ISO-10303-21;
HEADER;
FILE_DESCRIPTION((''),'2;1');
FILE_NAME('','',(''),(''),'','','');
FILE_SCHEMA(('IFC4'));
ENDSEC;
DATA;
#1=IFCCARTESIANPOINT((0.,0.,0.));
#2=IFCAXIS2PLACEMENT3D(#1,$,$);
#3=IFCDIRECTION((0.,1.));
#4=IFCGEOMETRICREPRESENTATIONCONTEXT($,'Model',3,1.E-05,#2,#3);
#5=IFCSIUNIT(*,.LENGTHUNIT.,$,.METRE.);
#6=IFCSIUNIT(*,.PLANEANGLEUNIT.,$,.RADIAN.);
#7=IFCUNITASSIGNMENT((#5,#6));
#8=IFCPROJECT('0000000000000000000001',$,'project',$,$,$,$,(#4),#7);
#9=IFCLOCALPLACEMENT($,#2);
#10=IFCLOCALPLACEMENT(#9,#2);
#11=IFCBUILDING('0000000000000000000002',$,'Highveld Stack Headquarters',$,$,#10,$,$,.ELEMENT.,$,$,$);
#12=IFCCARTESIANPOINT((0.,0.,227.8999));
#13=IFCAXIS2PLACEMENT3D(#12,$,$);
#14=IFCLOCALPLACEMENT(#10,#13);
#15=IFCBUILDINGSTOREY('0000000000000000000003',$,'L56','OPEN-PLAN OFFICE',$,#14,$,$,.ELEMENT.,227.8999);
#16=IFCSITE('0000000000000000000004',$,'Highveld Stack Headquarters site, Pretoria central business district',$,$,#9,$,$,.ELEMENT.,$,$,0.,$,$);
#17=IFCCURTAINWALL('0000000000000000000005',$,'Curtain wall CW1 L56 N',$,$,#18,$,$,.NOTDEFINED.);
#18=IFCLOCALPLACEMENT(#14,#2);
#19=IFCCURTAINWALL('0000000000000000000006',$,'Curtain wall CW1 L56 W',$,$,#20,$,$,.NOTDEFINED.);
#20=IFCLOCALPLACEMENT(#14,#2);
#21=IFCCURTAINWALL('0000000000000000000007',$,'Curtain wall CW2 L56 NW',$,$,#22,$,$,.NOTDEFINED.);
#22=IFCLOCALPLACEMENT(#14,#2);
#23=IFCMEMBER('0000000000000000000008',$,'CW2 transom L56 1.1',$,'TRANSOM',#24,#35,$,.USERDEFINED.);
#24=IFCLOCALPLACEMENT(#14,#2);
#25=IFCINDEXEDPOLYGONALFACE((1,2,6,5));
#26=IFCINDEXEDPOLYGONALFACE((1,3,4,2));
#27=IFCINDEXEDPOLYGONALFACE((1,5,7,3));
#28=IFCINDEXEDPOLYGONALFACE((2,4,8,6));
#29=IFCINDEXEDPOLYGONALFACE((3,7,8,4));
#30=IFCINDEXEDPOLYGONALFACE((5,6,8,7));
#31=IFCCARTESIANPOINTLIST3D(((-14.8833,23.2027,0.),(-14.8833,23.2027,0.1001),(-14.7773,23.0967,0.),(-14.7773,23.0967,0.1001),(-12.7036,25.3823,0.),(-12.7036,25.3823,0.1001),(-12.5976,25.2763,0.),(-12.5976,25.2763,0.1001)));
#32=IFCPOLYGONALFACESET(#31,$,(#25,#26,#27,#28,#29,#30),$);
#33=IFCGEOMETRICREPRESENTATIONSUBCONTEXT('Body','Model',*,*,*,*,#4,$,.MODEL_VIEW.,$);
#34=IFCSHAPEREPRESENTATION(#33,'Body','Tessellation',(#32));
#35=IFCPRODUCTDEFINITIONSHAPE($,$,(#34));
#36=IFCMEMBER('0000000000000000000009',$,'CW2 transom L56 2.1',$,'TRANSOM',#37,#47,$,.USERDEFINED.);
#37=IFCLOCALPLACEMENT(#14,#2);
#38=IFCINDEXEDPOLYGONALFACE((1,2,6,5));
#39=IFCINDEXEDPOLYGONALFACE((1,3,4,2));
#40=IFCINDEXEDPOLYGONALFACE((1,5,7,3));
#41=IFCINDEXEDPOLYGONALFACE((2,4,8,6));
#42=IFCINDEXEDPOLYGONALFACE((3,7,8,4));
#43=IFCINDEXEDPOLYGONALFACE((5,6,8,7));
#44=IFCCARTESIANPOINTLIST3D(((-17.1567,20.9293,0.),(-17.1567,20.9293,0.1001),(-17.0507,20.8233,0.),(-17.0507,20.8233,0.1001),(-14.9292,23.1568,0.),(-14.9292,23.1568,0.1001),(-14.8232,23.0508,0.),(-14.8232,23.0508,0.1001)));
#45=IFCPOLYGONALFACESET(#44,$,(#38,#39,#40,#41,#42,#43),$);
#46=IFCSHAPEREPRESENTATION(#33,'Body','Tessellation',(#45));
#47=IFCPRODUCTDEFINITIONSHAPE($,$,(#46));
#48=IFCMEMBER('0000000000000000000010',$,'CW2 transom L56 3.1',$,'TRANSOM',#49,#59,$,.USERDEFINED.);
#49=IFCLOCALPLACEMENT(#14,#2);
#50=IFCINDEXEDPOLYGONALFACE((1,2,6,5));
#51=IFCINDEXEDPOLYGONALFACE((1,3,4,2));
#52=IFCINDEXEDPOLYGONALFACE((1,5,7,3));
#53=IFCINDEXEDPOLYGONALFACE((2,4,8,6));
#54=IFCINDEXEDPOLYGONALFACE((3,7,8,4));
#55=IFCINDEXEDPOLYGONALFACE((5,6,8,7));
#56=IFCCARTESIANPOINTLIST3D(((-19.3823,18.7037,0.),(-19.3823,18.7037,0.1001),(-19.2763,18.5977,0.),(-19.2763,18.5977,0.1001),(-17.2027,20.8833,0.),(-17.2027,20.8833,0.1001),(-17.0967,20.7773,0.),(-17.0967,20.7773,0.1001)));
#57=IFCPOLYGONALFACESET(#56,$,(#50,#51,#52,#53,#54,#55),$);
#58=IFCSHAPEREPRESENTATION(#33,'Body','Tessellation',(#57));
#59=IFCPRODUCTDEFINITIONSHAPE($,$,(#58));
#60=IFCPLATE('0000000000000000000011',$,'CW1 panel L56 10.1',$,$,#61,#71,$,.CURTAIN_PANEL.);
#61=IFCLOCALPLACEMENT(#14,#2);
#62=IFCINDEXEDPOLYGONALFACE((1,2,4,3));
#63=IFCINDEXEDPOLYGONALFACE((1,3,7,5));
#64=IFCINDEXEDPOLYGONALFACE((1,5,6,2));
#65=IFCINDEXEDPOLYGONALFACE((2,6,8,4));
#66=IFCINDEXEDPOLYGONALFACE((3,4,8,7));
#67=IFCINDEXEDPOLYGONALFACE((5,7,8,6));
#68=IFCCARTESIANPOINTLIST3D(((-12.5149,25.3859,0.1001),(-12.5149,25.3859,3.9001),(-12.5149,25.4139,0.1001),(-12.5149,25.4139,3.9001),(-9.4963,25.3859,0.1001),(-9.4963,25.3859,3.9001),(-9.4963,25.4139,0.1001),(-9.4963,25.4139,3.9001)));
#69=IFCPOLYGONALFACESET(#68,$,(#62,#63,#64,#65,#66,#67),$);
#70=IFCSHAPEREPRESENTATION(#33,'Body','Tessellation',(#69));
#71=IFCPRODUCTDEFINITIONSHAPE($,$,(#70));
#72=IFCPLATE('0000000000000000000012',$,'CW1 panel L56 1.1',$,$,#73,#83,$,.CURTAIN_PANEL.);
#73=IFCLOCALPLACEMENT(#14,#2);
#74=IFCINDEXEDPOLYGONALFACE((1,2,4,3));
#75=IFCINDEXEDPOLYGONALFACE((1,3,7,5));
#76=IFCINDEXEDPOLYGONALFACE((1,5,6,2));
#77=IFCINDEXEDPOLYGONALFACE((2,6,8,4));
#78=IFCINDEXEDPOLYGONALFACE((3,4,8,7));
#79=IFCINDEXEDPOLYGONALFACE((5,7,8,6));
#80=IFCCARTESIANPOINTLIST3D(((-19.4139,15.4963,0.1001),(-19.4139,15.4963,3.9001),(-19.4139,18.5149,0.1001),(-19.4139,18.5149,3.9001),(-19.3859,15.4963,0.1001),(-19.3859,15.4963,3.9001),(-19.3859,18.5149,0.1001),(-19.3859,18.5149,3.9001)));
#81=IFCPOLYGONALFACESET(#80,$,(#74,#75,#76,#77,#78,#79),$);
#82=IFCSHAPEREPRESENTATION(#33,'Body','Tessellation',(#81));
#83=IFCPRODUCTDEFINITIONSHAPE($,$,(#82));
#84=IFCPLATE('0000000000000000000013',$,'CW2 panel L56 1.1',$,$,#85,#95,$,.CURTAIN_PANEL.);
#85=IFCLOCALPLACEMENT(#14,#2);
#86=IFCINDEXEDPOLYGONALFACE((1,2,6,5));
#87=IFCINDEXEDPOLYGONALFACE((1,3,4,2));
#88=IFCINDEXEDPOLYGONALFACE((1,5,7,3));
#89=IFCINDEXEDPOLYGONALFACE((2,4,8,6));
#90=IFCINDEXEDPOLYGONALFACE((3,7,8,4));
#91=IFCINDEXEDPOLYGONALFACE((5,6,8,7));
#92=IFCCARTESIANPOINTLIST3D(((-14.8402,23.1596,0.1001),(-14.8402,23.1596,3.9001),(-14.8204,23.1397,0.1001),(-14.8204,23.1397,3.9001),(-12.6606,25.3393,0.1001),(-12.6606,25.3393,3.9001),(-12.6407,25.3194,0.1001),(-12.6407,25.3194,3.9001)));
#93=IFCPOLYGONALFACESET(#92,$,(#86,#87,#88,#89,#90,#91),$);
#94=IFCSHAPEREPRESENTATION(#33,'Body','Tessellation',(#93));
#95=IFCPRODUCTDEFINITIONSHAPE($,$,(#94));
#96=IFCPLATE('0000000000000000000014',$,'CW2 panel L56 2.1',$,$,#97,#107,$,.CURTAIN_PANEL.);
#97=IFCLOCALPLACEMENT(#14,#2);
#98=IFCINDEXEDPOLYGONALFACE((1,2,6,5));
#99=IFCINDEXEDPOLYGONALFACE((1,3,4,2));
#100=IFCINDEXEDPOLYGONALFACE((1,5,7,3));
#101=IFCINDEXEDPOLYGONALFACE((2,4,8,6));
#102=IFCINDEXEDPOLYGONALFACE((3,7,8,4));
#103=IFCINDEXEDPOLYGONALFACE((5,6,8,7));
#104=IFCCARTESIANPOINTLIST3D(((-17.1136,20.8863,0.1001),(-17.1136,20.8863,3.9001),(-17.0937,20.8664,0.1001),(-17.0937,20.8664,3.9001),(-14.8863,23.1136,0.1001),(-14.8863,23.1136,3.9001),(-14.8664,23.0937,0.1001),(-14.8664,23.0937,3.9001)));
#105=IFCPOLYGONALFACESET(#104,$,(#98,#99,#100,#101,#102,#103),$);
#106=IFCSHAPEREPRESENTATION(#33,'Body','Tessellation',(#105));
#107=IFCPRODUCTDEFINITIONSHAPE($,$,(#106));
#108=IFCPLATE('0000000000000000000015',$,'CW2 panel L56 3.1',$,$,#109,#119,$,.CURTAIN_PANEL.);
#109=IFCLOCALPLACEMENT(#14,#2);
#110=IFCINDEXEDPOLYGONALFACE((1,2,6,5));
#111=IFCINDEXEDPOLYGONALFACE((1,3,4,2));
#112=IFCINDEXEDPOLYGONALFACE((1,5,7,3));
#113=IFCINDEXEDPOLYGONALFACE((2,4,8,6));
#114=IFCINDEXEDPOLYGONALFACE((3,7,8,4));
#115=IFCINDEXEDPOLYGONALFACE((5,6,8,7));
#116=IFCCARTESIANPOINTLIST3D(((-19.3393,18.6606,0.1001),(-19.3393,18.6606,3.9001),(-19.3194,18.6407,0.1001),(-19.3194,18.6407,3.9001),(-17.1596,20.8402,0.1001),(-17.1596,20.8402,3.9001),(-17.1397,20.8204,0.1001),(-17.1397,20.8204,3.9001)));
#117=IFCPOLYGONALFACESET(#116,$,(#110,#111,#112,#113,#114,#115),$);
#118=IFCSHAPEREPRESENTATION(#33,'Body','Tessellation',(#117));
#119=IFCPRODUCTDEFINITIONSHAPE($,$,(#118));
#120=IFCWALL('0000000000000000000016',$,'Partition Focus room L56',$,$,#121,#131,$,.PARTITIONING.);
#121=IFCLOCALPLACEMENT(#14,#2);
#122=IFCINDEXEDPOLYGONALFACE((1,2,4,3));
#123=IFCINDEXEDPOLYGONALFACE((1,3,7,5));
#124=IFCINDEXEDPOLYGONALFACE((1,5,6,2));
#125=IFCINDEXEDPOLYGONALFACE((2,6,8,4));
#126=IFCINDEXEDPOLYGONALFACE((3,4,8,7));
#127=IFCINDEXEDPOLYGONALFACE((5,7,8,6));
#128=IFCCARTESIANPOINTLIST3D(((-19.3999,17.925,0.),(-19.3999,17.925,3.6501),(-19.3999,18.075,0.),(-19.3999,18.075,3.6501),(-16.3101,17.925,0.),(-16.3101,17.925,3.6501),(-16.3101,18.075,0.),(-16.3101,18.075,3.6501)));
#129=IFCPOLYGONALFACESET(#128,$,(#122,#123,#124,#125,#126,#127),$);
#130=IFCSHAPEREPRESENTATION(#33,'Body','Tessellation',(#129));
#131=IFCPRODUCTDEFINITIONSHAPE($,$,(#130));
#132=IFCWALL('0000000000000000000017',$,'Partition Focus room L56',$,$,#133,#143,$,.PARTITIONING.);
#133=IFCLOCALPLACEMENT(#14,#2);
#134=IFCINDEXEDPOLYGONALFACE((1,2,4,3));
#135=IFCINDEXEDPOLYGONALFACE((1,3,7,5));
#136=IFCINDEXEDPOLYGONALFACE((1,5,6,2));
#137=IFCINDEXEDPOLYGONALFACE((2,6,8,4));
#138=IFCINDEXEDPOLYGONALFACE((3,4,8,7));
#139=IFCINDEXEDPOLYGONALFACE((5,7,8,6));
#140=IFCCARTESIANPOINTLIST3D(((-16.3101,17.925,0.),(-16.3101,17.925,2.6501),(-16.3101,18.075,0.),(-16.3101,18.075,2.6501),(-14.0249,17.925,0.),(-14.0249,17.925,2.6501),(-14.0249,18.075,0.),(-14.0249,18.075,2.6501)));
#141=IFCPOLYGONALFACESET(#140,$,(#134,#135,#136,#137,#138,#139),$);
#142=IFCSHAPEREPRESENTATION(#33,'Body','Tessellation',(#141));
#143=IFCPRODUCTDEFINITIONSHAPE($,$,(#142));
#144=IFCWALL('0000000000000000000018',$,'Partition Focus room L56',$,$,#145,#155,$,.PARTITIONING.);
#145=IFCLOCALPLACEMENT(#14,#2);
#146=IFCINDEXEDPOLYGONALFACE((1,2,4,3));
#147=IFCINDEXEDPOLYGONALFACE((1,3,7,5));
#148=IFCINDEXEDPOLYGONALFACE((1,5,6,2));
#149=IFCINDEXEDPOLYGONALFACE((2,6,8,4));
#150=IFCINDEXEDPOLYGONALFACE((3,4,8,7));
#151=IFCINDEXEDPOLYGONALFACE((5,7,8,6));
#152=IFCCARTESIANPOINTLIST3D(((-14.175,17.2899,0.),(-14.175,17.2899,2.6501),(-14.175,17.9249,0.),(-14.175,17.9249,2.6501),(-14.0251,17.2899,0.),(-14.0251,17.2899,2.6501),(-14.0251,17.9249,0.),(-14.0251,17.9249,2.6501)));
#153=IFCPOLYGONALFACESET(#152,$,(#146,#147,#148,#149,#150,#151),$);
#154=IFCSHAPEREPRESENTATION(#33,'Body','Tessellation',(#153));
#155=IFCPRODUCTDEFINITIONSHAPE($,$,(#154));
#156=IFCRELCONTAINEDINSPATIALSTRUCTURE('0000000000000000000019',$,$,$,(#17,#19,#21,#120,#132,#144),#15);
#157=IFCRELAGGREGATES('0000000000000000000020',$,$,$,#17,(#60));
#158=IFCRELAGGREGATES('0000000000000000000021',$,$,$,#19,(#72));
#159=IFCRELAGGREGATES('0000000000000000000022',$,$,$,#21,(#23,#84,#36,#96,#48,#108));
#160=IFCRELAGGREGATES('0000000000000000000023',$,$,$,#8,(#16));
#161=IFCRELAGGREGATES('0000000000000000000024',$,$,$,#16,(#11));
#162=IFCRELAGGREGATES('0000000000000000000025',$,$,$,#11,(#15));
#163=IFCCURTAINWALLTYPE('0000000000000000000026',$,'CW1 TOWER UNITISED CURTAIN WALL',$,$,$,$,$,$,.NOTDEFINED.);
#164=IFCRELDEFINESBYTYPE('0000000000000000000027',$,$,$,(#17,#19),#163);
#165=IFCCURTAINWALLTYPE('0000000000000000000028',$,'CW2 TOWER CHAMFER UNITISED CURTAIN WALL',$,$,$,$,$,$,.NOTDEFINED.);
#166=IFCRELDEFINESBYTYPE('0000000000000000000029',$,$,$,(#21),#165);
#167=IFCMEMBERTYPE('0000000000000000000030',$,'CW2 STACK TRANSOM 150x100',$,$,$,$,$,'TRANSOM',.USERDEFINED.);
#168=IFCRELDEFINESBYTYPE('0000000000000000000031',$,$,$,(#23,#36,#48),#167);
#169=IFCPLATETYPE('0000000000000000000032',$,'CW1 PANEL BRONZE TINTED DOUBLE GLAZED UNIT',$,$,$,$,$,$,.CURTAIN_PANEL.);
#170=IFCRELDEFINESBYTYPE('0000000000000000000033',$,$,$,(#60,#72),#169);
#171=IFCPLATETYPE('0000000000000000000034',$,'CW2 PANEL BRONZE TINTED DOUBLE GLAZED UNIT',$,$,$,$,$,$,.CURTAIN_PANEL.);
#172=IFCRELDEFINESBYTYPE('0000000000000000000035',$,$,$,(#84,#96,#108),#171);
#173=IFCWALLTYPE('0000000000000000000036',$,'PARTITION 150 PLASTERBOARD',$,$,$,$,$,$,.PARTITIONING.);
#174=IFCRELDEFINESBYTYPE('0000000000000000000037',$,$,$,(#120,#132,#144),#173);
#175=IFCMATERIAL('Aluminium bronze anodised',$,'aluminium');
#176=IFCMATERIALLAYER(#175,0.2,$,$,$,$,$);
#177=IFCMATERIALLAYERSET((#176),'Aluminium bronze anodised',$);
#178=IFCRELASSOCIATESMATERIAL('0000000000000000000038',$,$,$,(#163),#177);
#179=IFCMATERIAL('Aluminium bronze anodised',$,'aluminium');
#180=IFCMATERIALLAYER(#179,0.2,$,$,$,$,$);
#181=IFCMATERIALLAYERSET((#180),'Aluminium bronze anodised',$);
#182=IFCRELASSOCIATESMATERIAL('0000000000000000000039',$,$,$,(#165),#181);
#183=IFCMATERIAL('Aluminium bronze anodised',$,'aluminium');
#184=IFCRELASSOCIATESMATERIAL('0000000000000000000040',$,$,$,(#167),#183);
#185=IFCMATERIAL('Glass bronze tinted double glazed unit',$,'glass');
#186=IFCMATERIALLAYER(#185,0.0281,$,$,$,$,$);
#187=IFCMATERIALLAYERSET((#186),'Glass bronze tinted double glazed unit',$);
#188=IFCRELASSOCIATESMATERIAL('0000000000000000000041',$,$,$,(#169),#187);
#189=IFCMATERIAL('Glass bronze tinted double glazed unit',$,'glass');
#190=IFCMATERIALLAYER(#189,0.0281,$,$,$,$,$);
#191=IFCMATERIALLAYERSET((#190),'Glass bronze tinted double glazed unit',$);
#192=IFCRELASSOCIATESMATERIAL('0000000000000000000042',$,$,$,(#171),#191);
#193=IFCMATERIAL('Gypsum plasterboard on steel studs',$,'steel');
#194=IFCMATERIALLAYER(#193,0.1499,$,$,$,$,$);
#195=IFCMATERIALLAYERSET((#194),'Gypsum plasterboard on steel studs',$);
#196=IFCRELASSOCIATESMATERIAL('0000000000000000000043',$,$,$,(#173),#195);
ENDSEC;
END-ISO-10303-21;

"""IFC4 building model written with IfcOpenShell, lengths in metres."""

from ifc_helpers import new_model, si_unit, direction, frame, frame_2d, origin, origin_2d, place, context, subcontext, project, spatial, rectangle, extrude, material, layer, layer_set, material_profile, profile_set, type_object, element, aggregate, save


model = new_model("IFC4")

# Units and contexts
model_context = context("Model", 3, precision=1e-05, world=origin(), true_north=direction((0.0, 1.0)))
body_context = subcontext(model_context, "Body", "Model", "MODEL_VIEW")
ifc_project = project(units=[si_unit("LENGTHUNIT", "METRE"), si_unit("PLANEANGLEUNIT", "RADIAN")], contexts=[model_context])

# Site, building, storey
site_placement = place(None, origin())
site = spatial("IfcSite", under=ifc_project, at=site_placement, Name="Highveld Stack Headquarters site, Pretoria central business district", CompositionType="ELEMENT", RefElevation=0.0)
building_placement = place(site_placement, origin())
building = spatial("IfcBuilding", under=site, at=building_placement, Name="Highveld Stack Headquarters", CompositionType="ELEMENT")
storey_placement = place(building_placement, frame((0.0, 0.0, 227.8999)))
storey = spatial("IfcBuildingStorey", under=building, at=storey_placement, Name="L56", Description="OPEN-PLAN OFFICE", CompositionType="ELEMENT", Elevation=227.8999)

# Curtain walls
ifc_material_1 = material(Name="Aluminium bronze anodised", Category="aluminium")
ifc_layer_1 = layer(ifc_material_1, 0.2)
ifc_layer_set_1 = layer_set([ifc_layer_1], Name="Aluminium bronze anodised")
curtain_wall_type_1 = type_object("IfcCurtainWallType", Name="CW1 TOWER UNITISED CURTAIN WALL", PredefinedType="NOTDEFINED", material=ifc_layer_set_1)
curtain_wall_1_placement = place(storey_placement, origin())
curtain_wall_1 = element("IfcCurtainWall", 1, at=curtain_wall_1_placement, inside=storey, type_object=curtain_wall_type_1, Name="Curtain wall CW1 L56 N", PredefinedType="NOTDEFINED")
curtain_wall_2_placement = place(storey_placement, origin())
curtain_wall_2 = element("IfcCurtainWall", 2, at=curtain_wall_2_placement, inside=storey, type_object=curtain_wall_type_1, Name="Curtain wall CW1 L56 W", PredefinedType="NOTDEFINED")

# Curtain wall, members
ifc_material_2 = material(Name="Aluminium bronze anodised", Category="aluminium")
ifc_layer_2 = layer(ifc_material_2, 0.2)
ifc_layer_set_2 = layer_set([ifc_layer_2], Name="Aluminium bronze anodised")
curtain_wall_type_2 = type_object("IfcCurtainWallType", Name="CW2 TOWER CHAMFER UNITISED CURTAIN WALL", PredefinedType="NOTDEFINED", material=ifc_layer_set_2)
curtain_wall_3_placement = place(storey_placement, origin())
curtain_wall_3 = element("IfcCurtainWall", 3, at=curtain_wall_3_placement, inside=storey, type_object=curtain_wall_type_2, Name="Curtain wall CW2 L56 NW", PredefinedType="NOTDEFINED")
ifc_material_3 = material(Name="Aluminium bronze anodised", Category="aluminium")
ifc_material_profile_1 = material_profile(ifc_material_3, rectangle(XDim=0.1499, YDim=0.1001, at=origin_2d()), Name="CW2 TRANSOM 150x100")
ifc_profile_set_1 = profile_set([ifc_material_profile_1], Name="Aluminium bronze anodised")
member_type_1 = type_object("IfcMemberType", Name="CW2 STACK TRANSOM 150x100", ElementType="TRANSOM", PredefinedType="USERDEFINED", material=ifc_profile_set_1)
member_1_placement = place(storey_placement, frame((-12.6506, 25.3293, 0.05), z_axis=(-0.707107, -0.707107, 0.0), x_axis=(0.707107, -0.707107, 0.0)))
member_1 = element("IfcMember", 4, at=member_1_placement, type_object=member_type_1, Name="CW2 transom L56 1.1", ObjectType="TRANSOM", PredefinedType="USERDEFINED", context=body_context, shape_type="SweptSolid", body=[
    extrude(rectangle(XDim=0.1499, YDim=0.1001, at=origin_2d()), origin(), (0.0, 0.0, 1.0), 3.0825),
])
member_2_placement = place(storey_placement, frame((-14.8762, 23.1038, 0.05), z_axis=(-0.707107, -0.707107, 0.0), x_axis=(0.707107, -0.707107, 0.0)))
member_2 = element("IfcMember", 5, at=member_2_placement, type_object=member_type_1, Name="CW2 transom L56 2.1", ObjectType="TRANSOM", PredefinedType="USERDEFINED", context=body_context, shape_type="SweptSolid", body=[
    extrude(rectangle(XDim=0.1499, YDim=0.1001, at=origin_2d()), origin(), (0.0, 0.0, 1.0), 3.1501),
])
member_3_placement = place(storey_placement, frame((-17.1497, 20.8303, 0.05), z_axis=(-0.707107, -0.707107, 0.0), x_axis=(0.707107, -0.707107, 0.0)))
member_3 = element("IfcMember", 6, at=member_3_placement, type_object=member_type_1, Name="CW2 transom L56 3.1", ObjectType="TRANSOM", PredefinedType="USERDEFINED", context=body_context, shape_type="SweptSolid", body=[
    extrude(rectangle(XDim=0.1499, YDim=0.1001, at=origin_2d()), origin(), (0.0, 0.0, 1.0), 3.0825),
])

# Plates
ifc_material_4 = material(Name="Glass bronze tinted double glazed unit", Category="glass")
ifc_layer_3 = layer(ifc_material_4, 0.0281)
ifc_layer_set_3 = layer_set([ifc_layer_3], Name="Glass bronze tinted double glazed unit")
plate_type_1 = type_object("IfcPlateType", Name="CW1 PANEL BRONZE TINTED DOUBLE GLAZED UNIT", PredefinedType="CURTAIN_PANEL", material=ifc_layer_set_3)
plate_1_placement = place(storey_placement, frame((-11.0056, 25.3999, 0.1001), z_axis=(0.0, 0.0, 1.0), x_axis=(-1.0, 0.0, 0.0)))
plate_1 = element("IfcPlate", 7, at=plate_1_placement, type_object=plate_type_1, Name="CW1 panel L56 10.1", PredefinedType="CURTAIN_PANEL", context=body_context, shape_type="SweptSolid", body=[
    extrude(rectangle(XDim=3.0186, YDim=0.0281, at=origin_2d()), origin(), (0.0, 0.0, 1.0), 3.8),
])
aggregate(curtain_wall_1, [plate_1])
plate_2_placement = place(storey_placement, frame((-19.3999, 17.0056, 0.1001), z_axis=(0.0, 0.0, 1.0), x_axis=(0.0, -1.0, 0.0)))
plate_2 = element("IfcPlate", 8, at=plate_2_placement, type_object=plate_type_1, Name="CW1 panel L56 1.1", PredefinedType="CURTAIN_PANEL", context=body_context, shape_type="SweptSolid", body=[
    extrude(rectangle(XDim=3.0186, YDim=0.0281, at=origin_2d()), origin(), (0.0, 0.0, 1.0), 3.8),
])
aggregate(curtain_wall_2, [plate_2])
ifc_material_5 = material(Name="Glass bronze tinted double glazed unit", Category="glass")
ifc_layer_4 = layer(ifc_material_5, 0.0281)
ifc_layer_set_4 = layer_set([ifc_layer_4], Name="Glass bronze tinted double glazed unit")
plate_type_2 = type_object("IfcPlateType", Name="CW2 PANEL BRONZE TINTED DOUBLE GLAZED UNIT", PredefinedType="CURTAIN_PANEL", material=ifc_layer_set_4)
plate_3_placement = place(storey_placement, frame((-13.7405, 24.2395, 0.1001), z_axis=(0.0, 0.0, 1.0), x_axis=(-0.707107, -0.707107, 0.0)))
plate_3 = element("IfcPlate", 9, at=plate_3_placement, type_object=plate_type_2, Name="CW2 panel L56 1.1", PredefinedType="CURTAIN_PANEL", context=body_context, shape_type="SweptSolid", body=[
    extrude(rectangle(XDim=3.0825, YDim=0.0281, at=origin_2d()), origin(), (0.0, 0.0, 1.0), 3.8),
])
plate_4_placement = place(storey_placement, frame((-15.99, 21.99, 0.1001), z_axis=(0.0, 0.0, 1.0), x_axis=(-0.707107, -0.707107, 0.0)))
plate_4 = element("IfcPlate", 10, at=plate_4_placement, type_object=plate_type_2, Name="CW2 panel L56 2.1", PredefinedType="CURTAIN_PANEL", context=body_context, shape_type="SweptSolid", body=[
    extrude(rectangle(XDim=3.1499, YDim=0.0281, at=origin_2d()), origin(), (0.0, 0.0, 1.0), 3.8),
])
plate_5_placement = place(storey_placement, frame((-18.2395, 19.7405, 0.1001), z_axis=(0.0, 0.0, 1.0), x_axis=(-0.707107, -0.707107, 0.0)))
plate_5 = element("IfcPlate", 11, at=plate_5_placement, type_object=plate_type_2, Name="CW2 panel L56 3.1", PredefinedType="CURTAIN_PANEL", context=body_context, shape_type="SweptSolid", body=[
    extrude(rectangle(XDim=3.0825, YDim=0.0281, at=origin_2d()), origin(), (0.0, 0.0, 1.0), 3.8),
])
aggregate(curtain_wall_3, [member_1, plate_3, member_2, plate_4, member_3, plate_5])

# Walls
ifc_material_6 = material(Name="Gypsum plasterboard on steel studs", Category="steel")
ifc_layer_5 = layer(ifc_material_6, 0.1499)
ifc_layer_set_5 = layer_set([ifc_layer_5], Name="Gypsum plasterboard on steel studs")
wall_type = type_object("IfcWallType", Name="PARTITION 150 PLASTERBOARD", PredefinedType="PARTITIONING", material=ifc_layer_set_5)
wall_1_placement = place(storey_placement, frame((-19.3999, 18.0, 0.0), z_axis=(0.0, 0.0, 1.0), x_axis=(1.0, 0.0, 0.0)))
element("IfcWall", 12, at=wall_1_placement, inside=storey, type_object=wall_type, Name="Partition Focus room L56", PredefinedType="PARTITIONING", context=body_context, shape_type="SweptSolid", body=[
    extrude(rectangle(XDim=3.0898, YDim=0.1499, at=frame_2d((1.5449, 0.0))), origin(), (0.0, 0.0, 1.0), 3.6501),
])
wall_2_placement = place(storey_placement, frame((-16.3101, 18.0, 0.0), z_axis=(0.0, 0.0, 1.0), x_axis=(1.0, 0.0, 0.0)))
element("IfcWall", 13, at=wall_2_placement, inside=storey, type_object=wall_type, Name="Partition Focus room L56", PredefinedType="PARTITIONING", context=body_context, shape_type="SweptSolid", body=[
    extrude(rectangle(XDim=2.2852, YDim=0.1499, at=frame_2d((1.1426, 0.0))), origin(), (0.0, 0.0, 1.0), 2.6501),
])
wall_3_placement = place(storey_placement, frame((-14.1001, 17.29, 0.0), z_axis=(0.0, 0.0, 1.0), x_axis=(0.0, 1.0, 0.0)))
element("IfcWall", 14, at=wall_3_placement, inside=storey, type_object=wall_type, Name="Partition Focus room L56", PredefinedType="PARTITIONING", context=body_context, shape_type="SweptSolid", body=[
    extrude(rectangle(XDim=0.635, YDim=0.1499, at=frame_2d((0.3174, 0.0))), origin(), (0.0, 0.0, 1.0), 2.6501),
])

save(model, "model.ifc")
